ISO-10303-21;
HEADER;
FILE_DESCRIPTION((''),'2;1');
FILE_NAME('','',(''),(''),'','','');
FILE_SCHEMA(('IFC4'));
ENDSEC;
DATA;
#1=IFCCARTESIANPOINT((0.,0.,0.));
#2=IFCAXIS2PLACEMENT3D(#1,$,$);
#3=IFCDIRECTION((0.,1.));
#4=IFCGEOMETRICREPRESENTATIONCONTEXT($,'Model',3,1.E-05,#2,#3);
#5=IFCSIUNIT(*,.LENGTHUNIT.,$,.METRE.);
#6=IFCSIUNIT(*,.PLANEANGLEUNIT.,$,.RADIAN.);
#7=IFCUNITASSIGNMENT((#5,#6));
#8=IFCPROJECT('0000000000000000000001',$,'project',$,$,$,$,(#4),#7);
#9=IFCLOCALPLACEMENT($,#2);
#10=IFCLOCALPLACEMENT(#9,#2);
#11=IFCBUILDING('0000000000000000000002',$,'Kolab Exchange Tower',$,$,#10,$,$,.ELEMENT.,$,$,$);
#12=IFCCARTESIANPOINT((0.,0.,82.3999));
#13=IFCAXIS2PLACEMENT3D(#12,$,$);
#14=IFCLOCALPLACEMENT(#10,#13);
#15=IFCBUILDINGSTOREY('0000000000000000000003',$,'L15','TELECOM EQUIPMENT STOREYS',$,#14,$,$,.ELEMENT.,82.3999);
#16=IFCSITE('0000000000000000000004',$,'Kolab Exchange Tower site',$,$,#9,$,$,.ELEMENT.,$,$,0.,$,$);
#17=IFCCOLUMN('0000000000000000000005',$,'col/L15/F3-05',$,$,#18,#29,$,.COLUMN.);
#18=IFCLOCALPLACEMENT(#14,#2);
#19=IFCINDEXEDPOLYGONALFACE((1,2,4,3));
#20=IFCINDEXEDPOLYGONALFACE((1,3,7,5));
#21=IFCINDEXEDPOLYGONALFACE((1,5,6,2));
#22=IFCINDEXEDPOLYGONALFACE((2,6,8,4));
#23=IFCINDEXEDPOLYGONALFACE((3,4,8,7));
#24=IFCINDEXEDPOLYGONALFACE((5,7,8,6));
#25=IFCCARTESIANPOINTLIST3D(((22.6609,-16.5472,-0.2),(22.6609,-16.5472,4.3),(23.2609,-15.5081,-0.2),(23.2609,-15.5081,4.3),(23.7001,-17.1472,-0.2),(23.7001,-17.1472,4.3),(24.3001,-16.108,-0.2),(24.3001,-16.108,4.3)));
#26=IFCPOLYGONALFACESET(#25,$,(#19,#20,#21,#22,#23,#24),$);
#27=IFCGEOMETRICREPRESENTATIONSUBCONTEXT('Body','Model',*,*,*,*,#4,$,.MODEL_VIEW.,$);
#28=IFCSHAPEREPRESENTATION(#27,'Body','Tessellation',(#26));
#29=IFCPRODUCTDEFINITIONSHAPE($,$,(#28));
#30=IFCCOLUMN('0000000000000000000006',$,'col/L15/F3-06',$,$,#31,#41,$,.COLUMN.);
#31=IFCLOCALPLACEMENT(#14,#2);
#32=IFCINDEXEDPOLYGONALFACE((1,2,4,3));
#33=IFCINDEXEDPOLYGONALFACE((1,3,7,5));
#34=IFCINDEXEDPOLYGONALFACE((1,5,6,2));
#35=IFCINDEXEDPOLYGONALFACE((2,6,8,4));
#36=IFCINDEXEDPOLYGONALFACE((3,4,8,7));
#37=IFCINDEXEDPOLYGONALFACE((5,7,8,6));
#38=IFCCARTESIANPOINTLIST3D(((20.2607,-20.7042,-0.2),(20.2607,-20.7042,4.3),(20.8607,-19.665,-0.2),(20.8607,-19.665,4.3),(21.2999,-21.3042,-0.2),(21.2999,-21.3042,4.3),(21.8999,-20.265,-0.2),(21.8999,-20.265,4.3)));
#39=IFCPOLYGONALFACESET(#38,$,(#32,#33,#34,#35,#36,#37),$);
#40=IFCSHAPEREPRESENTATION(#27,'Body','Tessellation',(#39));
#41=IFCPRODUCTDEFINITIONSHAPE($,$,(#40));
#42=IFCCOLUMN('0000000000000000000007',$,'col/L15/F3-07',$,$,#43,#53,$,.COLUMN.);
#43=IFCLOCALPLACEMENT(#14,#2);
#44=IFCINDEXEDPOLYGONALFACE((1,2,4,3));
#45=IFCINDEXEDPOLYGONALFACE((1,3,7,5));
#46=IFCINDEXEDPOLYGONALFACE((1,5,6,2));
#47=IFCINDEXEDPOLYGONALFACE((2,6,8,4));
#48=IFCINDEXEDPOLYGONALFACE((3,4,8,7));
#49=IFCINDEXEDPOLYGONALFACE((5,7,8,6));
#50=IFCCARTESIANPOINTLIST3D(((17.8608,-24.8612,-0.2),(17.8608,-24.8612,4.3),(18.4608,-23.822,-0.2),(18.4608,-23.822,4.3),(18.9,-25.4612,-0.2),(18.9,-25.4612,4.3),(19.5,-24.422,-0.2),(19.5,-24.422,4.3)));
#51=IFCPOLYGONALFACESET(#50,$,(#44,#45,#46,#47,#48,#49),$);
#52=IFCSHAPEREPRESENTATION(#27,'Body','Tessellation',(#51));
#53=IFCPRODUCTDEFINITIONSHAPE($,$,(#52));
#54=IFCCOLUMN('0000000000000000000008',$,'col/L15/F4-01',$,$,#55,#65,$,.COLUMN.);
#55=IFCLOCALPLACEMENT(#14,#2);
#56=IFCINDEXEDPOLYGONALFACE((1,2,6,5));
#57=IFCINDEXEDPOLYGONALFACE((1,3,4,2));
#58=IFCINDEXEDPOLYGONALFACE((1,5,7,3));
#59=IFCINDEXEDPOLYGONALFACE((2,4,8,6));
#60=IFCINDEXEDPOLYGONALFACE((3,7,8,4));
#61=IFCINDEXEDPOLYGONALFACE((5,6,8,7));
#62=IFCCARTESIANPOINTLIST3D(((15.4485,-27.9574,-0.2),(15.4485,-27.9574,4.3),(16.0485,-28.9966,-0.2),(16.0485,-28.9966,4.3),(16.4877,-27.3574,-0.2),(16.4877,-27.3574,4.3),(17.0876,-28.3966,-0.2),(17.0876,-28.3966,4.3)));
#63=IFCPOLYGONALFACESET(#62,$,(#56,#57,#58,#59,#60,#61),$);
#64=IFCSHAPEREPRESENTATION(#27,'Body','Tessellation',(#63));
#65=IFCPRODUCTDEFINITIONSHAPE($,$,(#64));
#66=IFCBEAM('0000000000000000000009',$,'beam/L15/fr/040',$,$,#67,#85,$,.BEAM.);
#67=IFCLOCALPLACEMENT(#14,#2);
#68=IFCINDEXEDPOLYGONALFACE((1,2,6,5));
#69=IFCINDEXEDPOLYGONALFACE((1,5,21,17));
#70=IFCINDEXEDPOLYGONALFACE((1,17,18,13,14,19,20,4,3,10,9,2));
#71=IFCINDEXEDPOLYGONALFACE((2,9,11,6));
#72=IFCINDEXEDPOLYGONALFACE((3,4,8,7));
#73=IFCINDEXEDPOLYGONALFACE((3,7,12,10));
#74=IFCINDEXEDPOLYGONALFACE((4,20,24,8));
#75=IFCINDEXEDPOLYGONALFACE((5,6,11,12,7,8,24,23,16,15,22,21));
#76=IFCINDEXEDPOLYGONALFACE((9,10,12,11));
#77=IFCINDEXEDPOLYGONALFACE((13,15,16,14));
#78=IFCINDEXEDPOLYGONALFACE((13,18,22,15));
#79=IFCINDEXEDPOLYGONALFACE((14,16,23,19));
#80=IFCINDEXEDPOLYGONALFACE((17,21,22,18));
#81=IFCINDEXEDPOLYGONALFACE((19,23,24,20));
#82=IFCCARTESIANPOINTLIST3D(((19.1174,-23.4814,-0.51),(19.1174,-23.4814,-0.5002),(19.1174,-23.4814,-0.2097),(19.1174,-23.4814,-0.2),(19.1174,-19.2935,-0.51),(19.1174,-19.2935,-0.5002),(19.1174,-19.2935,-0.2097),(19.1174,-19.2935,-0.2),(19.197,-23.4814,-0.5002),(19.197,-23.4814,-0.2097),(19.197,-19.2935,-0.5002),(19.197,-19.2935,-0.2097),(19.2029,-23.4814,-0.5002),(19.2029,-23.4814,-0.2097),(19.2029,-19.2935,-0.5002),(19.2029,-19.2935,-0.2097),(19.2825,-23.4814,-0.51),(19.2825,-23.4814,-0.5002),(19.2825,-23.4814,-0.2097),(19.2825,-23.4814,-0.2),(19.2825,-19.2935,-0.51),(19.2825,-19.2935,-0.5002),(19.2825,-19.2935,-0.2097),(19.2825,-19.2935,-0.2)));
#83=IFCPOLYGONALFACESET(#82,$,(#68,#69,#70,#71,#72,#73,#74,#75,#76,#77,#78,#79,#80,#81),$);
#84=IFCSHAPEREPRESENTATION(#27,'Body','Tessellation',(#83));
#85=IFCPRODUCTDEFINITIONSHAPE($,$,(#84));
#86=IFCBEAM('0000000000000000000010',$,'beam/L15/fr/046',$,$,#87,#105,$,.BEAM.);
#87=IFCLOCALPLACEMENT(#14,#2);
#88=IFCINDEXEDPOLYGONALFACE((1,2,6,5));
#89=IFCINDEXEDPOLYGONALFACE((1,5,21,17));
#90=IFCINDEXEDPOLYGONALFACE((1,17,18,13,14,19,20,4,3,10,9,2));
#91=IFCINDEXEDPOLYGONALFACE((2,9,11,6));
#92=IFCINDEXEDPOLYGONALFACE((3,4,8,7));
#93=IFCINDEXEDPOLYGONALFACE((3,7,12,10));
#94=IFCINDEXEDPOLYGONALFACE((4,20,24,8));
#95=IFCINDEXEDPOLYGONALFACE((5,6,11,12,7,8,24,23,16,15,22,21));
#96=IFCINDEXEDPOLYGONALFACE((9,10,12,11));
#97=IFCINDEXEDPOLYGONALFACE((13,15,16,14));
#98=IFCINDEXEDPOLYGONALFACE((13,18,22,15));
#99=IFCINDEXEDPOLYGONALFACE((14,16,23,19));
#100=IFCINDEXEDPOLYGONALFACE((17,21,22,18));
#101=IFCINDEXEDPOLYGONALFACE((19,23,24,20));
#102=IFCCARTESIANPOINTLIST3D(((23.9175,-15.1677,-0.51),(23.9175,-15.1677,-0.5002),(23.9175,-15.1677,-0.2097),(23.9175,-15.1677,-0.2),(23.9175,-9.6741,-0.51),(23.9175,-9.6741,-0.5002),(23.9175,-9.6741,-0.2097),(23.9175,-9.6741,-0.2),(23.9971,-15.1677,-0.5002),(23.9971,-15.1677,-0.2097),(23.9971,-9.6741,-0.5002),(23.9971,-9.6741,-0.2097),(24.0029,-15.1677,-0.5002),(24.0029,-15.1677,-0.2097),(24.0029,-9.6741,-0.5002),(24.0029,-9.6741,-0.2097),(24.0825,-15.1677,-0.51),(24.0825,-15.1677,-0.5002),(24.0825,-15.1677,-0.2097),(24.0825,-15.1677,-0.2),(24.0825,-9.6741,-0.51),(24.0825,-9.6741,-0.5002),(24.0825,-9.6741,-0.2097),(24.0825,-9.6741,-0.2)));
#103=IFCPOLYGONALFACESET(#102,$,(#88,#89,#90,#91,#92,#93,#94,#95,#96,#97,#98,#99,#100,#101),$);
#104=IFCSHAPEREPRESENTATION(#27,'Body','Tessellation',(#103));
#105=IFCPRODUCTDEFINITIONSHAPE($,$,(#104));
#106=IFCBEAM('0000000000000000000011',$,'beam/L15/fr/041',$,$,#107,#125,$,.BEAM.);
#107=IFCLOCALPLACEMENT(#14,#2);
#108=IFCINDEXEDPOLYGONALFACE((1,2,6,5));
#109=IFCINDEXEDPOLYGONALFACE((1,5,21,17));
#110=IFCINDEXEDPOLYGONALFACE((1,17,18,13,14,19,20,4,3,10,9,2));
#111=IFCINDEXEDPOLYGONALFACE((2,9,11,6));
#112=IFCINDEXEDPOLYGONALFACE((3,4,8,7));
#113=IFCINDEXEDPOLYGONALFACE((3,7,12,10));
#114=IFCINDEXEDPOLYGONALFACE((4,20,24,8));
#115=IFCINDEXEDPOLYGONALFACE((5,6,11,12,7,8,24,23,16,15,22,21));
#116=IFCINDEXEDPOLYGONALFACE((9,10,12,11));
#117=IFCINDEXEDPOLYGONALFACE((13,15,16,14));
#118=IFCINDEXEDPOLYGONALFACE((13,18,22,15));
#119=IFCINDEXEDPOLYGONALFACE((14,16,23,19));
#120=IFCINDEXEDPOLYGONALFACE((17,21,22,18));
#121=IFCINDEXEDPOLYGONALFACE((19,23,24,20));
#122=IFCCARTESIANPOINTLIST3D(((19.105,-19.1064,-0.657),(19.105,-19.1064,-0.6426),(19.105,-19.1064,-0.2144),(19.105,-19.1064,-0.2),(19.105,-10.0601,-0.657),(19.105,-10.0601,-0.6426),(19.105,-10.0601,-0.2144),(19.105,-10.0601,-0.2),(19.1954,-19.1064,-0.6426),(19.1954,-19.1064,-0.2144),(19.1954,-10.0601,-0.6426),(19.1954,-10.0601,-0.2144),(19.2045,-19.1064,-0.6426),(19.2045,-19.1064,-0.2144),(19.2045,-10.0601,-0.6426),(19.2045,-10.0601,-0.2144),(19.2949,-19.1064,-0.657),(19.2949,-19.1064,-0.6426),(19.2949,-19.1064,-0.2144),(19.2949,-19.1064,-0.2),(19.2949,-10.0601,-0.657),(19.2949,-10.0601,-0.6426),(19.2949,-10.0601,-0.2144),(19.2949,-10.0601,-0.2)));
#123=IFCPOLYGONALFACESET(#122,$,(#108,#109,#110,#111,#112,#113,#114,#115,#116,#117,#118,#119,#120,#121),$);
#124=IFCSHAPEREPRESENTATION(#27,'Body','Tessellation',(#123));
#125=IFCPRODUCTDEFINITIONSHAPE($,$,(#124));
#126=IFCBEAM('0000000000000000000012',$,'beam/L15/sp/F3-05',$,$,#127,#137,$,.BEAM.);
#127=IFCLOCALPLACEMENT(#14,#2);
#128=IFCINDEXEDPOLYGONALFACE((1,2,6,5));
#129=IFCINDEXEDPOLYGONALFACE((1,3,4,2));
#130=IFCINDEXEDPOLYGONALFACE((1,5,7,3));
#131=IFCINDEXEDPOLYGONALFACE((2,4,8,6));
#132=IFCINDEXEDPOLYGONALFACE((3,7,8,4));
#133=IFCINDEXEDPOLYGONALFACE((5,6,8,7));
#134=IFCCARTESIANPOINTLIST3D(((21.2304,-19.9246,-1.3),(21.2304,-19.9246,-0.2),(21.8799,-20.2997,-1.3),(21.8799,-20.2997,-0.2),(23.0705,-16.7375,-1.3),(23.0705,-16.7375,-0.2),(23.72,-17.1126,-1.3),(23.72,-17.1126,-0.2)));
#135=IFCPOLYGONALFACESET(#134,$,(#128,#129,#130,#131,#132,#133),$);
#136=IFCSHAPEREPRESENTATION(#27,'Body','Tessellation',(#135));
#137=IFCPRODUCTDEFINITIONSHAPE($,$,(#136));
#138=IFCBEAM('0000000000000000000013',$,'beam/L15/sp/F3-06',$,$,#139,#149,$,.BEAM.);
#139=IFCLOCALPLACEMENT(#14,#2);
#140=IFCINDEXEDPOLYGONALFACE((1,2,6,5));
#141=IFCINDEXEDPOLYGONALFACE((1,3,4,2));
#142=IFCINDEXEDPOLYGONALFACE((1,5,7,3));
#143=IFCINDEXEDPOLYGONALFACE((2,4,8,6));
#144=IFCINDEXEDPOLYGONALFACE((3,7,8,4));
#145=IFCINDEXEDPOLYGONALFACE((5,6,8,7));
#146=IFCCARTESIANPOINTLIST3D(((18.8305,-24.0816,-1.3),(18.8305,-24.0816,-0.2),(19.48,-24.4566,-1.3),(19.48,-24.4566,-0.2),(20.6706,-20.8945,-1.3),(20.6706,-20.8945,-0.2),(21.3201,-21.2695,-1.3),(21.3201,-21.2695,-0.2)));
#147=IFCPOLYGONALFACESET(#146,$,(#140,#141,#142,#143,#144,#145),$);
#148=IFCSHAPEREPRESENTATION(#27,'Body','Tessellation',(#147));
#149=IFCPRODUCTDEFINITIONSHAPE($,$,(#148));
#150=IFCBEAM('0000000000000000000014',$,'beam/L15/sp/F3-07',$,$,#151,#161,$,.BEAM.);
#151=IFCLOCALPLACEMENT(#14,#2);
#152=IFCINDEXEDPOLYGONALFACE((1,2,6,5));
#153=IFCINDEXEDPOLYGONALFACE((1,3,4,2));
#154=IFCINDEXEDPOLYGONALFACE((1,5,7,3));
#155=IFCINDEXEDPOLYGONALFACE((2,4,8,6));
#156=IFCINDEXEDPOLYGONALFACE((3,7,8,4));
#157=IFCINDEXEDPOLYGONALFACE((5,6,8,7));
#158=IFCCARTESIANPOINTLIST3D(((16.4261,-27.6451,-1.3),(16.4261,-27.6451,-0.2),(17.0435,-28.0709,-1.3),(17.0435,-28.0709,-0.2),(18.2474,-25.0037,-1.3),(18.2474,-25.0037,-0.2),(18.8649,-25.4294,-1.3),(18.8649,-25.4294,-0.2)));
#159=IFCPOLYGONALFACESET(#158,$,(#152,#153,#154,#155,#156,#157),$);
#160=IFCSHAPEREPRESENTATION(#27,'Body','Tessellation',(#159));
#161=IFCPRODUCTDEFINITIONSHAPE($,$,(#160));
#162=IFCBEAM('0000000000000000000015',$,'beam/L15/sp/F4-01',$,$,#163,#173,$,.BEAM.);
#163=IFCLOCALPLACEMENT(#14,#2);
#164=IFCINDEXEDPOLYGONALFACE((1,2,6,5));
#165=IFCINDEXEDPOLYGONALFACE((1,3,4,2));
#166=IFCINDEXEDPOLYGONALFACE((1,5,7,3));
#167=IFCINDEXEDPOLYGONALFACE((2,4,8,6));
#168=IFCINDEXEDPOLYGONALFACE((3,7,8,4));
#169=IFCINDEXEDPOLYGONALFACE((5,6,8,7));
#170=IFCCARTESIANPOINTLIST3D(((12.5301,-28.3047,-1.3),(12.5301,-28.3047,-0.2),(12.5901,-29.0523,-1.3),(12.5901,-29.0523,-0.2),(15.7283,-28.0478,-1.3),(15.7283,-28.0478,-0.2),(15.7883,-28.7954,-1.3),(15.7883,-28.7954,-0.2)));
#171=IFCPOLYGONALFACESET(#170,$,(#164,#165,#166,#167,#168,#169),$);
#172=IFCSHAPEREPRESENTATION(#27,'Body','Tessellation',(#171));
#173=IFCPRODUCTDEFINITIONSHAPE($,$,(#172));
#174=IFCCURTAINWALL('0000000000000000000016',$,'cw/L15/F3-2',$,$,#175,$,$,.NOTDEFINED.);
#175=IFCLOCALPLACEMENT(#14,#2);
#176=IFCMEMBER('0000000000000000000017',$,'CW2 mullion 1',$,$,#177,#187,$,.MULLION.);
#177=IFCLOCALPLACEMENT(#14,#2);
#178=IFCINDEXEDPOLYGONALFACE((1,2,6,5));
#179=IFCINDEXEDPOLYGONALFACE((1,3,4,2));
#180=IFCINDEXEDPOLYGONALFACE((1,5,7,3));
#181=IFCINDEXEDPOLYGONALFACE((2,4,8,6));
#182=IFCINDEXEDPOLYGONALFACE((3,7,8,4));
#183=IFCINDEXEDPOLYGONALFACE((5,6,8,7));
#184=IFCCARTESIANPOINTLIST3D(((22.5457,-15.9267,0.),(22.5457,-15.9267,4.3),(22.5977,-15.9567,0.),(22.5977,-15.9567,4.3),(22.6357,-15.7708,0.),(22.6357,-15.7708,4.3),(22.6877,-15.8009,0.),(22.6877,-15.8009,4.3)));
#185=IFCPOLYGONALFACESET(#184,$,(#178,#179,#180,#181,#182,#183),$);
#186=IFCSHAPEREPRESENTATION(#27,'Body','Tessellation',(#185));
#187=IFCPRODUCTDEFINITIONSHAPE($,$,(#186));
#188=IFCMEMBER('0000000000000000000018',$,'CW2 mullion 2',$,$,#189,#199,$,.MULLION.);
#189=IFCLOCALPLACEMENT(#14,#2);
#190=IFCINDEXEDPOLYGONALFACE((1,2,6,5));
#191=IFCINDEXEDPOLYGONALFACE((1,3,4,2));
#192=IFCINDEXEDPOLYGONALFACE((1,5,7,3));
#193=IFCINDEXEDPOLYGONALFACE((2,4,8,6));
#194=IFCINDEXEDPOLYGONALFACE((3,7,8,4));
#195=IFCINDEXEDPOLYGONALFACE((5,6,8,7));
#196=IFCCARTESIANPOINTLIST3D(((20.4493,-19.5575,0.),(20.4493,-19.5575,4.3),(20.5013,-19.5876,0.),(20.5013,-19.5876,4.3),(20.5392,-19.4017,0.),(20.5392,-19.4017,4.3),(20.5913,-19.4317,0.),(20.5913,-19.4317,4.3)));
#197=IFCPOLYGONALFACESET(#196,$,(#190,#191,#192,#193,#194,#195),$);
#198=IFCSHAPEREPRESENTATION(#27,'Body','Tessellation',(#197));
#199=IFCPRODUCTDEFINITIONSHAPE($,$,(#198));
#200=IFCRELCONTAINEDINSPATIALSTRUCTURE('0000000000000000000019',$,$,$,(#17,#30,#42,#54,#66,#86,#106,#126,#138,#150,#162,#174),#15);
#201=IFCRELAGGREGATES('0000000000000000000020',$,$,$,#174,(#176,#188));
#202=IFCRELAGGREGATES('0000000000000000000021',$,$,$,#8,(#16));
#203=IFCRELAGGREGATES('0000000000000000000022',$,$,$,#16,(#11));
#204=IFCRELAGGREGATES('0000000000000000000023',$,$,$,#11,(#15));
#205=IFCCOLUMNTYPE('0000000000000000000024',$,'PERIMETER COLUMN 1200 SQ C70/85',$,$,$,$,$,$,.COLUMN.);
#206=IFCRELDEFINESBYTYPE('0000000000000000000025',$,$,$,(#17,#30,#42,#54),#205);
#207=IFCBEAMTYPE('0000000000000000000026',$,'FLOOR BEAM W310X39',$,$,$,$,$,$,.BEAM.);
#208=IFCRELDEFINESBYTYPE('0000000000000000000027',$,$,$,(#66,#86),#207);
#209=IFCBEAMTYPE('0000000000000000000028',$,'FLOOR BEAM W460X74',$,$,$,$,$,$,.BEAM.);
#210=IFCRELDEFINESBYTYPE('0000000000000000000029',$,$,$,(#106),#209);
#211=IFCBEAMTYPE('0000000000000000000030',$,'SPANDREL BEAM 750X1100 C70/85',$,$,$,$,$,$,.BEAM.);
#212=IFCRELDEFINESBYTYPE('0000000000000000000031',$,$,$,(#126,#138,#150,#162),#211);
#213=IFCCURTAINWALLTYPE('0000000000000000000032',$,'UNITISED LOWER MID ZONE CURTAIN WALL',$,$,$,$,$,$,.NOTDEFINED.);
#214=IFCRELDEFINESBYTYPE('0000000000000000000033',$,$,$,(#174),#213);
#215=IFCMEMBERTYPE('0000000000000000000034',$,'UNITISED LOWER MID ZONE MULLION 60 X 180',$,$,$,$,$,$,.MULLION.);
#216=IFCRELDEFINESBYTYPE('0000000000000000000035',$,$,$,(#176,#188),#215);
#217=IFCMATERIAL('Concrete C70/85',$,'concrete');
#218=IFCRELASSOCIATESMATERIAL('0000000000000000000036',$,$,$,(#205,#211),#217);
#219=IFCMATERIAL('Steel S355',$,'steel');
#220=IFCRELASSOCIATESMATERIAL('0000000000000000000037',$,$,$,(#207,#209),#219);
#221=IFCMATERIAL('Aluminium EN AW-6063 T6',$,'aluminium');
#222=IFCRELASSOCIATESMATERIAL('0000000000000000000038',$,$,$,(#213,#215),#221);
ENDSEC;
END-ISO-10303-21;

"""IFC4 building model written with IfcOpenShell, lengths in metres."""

from ifc_helpers import new_model, si_unit, direction, frame, origin, origin_2d, place, context, subcontext, project, spatial, rectangle, i_section, extrude, material, material_profile, profile_set, type_object, element, aggregate, save


model = new_model("IFC4")

# Units and contexts
model_context = context("Model", 3, precision=1e-05, world=origin(), true_north=direction((0.0, 1.0)))
body_context = subcontext(model_context, "Body", "Model", "MODEL_VIEW")
ifc_project = project(units=[si_unit("LENGTHUNIT", "METRE"), si_unit("PLANEANGLEUNIT", "RADIAN")], contexts=[model_context])

# Site, building, storey
site_placement = place(None, origin())
site = spatial("IfcSite", under=ifc_project, at=site_placement, Name="Kolab Exchange Tower site", CompositionType="ELEMENT", RefElevation=0.0)
building_placement = place(site_placement, origin())
building = spatial("IfcBuilding", under=site, at=building_placement, Name="Kolab Exchange Tower", CompositionType="ELEMENT")
storey_placement = place(building_placement, frame((0.0, 0.0, 82.3999)))
storey = spatial("IfcBuildingStorey", under=building, at=storey_placement, Name="L15", Description="TELECOM EQUIPMENT STOREYS", CompositionType="ELEMENT", Elevation=82.3999)

# Columns
ifc_material_1 = material(Name="Concrete C70/85", Category="concrete")
ifc_material_profile_1 = material_profile(ifc_material_1, rectangle(XDim=1.2, YDim=1.2, at=origin_2d()), Name="RC1200")
ifc_profile_set_1 = profile_set([ifc_material_profile_1], Name="Concrete C70/85")
column_type = type_object("IfcColumnType", Name="PERIMETER COLUMN 1200 SQ C70/85", PredefinedType="COLUMN", material=ifc_profile_set_1)
for number, where, z_axis, x_axis, name in (
    (1, (23.4805, -16.3276, -0.2), (0.0, 0.0, 1.0), (0.5, 0.866025, 0.0), "col/L15/F3-05"),
    (2, (21.0803, -20.4846, -0.2), (0.0, 0.0, 1.0), (0.5, 0.866025, 0.0), "col/L15/F3-06"),
    (3, (18.6804, -24.6416, -0.2), (0.0, 0.0, 1.0), (0.5, 0.866025, 0.0), "col/L15/F3-07"),
    (4, (16.2681, -28.177, -0.2), (0.0, 0.0, 1.0), (0.866025, 0.5, 0.0), "col/L15/F4-01"),
):
    element("IfcColumn", number, at=place(storey_placement, frame(where, z_axis=z_axis, x_axis=x_axis)), inside=storey, type_object=column_type, Name=name, PredefinedType="COLUMN", context=body_context, shape_type="SweptSolid", body=[
        extrude(rectangle(XDim=1.2, YDim=1.2, at=origin_2d()), origin(), (0.0, 0.0, 1.0), 4.5),
    ])

# Beams
ifc_material_2 = material(Name="Steel S355", Category="steel")
ifc_material_profile_2 = material_profile(ifc_material_2, i_section(OverallWidth=0.165, OverallDepth=0.3101, WebThickness=0.0059, FlangeThickness=0.0098, at=origin_2d()), Name="W310X39")
ifc_profile_set_2 = profile_set([ifc_material_profile_2], Name="Steel S355")
beam_type_1 = type_object("IfcBeamType", Name="FLOOR BEAM W310X39", PredefinedType="BEAM", material=ifc_profile_set_2)
beam_1_placement = place(storey_placement, frame((19.2, -23.4814, -0.355), z_axis=(0.0, 1.0, 0.0), x_axis=(-1.0, 0.0, 0.0)))
element("IfcBeam", 5, at=beam_1_placement, inside=storey, type_object=beam_type_1, Name="beam/L15/fr/040", PredefinedType="BEAM", context=body_context, shape_type="SweptSolid", body=[
    extrude(i_section(OverallWidth=0.165, OverallDepth=0.3101, WebThickness=0.0059, FlangeThickness=0.0098, at=origin_2d()), origin(), (0.0, 0.0, 1.0), 4.188),
])
beam_2_placement = place(storey_placement, frame((24.0, -15.1677, -0.355), z_axis=(0.0, 1.0, 0.0), x_axis=(-1.0, 0.0, 0.0)))
element("IfcBeam", 6, at=beam_2_placement, inside=storey, type_object=beam_type_1, Name="beam/L15/fr/046", PredefinedType="BEAM", context=body_context, shape_type="SweptSolid", body=[
    extrude(i_section(OverallWidth=0.165, OverallDepth=0.3101, WebThickness=0.0059, FlangeThickness=0.0098, at=origin_2d()), origin(), (0.0, 0.0, 1.0), 5.4937),
])
ifc_material_profile_3 = material_profile(ifc_material_2, i_section(OverallWidth=0.1899, OverallDepth=0.457, WebThickness=0.009, FlangeThickness=0.0144, at=origin_2d()), Name="W460X74")
ifc_profile_set_3 = profile_set([ifc_material_profile_3], Name="Steel S355")
beam_type_2 = type_object("IfcBeamType", Name="FLOOR BEAM W460X74", PredefinedType="BEAM", material=ifc_profile_set_3)
beam_3_placement = place(storey_placement, frame((19.2, -19.1064, -0.4285), z_axis=(0.0, 1.0, 0.0), x_axis=(-1.0, 0.0, 0.0)))
element("IfcBeam", 7, at=beam_3_placement, inside=storey, type_object=beam_type_2, Name="beam/L15/fr/041", PredefinedType="BEAM", context=body_context, shape_type="SweptSolid", body=[
    extrude(i_section(OverallWidth=0.1899, OverallDepth=0.457, WebThickness=0.009, FlangeThickness=0.0144, at=origin_2d()), origin(), (0.0, 0.0, 1.0), 9.0464),
])
ifc_material_profile_4 = material_profile(ifc_material_1, rectangle(XDim=0.75, YDim=1.1001, at=origin_2d()), Name="RC750X1100")
ifc_profile_set_4 = profile_set([ifc_material_profile_4], Name="Concrete C70/85")
beam_type_3 = type_object("IfcBeamType", Name="SPANDREL BEAM 750X1100 C70/85", PredefinedType="BEAM", material=ifc_profile_set_4)
for number, where, z_axis, x_axis, name in (
    (8, (23.3953, -16.925, -0.75), (-0.500013, -0.866018, 0.0), (0.866018, -0.500013, 0.0), "beam/L15/sp/F3-05"),
    (9, (20.9954, -21.082, -0.75), (-0.500013, -0.866018, 0.0), (0.866018, -0.500013, 0.0), "beam/L15/sp/F3-06"),
):
    element("IfcBeam", number, at=place(storey_placement, frame(where, z_axis=z_axis, x_axis=x_axis)), inside=storey, type_object=beam_type_3, Name=name, PredefinedType="BEAM", context=body_context, shape_type="SweptSolid", body=[
        extrude(rectangle(XDim=0.75, YDim=1.1001, at=origin_2d()), origin(), (0.0, 0.0, 1.0), 3.6802),
    ])
for number, where, z_axis, x_axis, name in (
    (10, (18.5562, -25.2166, -0.75), (-0.567662, -0.823262, 0.0), (0.823262, -0.567662, 0.0), "beam/L15/sp/F3-07"),
    (11, (15.7583, -28.4216, -0.75), (-0.996791, -0.080048, 0.0), (0.080048, -0.996791, 0.0), "beam/L15/sp/F4-01"),
):
    element("IfcBeam", number, at=place(storey_placement, frame(where, z_axis=z_axis, x_axis=x_axis)), inside=storey, type_object=beam_type_3, Name=name, PredefinedType="BEAM", context=body_context, shape_type="SweptSolid", body=[
        extrude(rectangle(XDim=0.75, YDim=1.1001, at=origin_2d()), origin(), (0.0, 0.0, 1.0), 3.2085),
    ])

# Curtain wall, members
ifc_material_3 = material(Name="Aluminium EN AW-6063 T6", Category="aluminium")
curtain_wall_type = type_object("IfcCurtainWallType", Name="UNITISED LOWER MID ZONE CURTAIN WALL", PredefinedType="NOTDEFINED", material=ifc_material_3)
curtain_wall_1_placement = place(storey_placement, origin())
curtain_wall_1 = element("IfcCurtainWall", 12, at=curtain_wall_1_placement, inside=storey, type_object=curtain_wall_type, Name="cw/L15/F3-2", PredefinedType="NOTDEFINED")
ifc_material_profile_5 = material_profile(ifc_material_3, rectangle(XDim=0.0601, YDim=0.1799, at=origin_2d()), Name="RECT 60X180")
ifc_profile_set_5 = profile_set([ifc_material_profile_5], Name="Aluminium EN AW-6063 T6")
member_type_1 = type_object("IfcMemberType", Name="UNITISED LOWER MID ZONE MULLION 60 X 180", PredefinedType="MULLION", material=ifc_profile_set_5)
member_1_placement = place(storey_placement, frame((22.6167, -15.8638, 0.0), z_axis=(0.0, 0.0, 1.0), x_axis=(0.866025, -0.5, 0.0)))
member_1 = element("IfcMember", 13, at=member_1_placement, type_object=member_type_1, Name="CW2 mullion 1", PredefinedType="MULLION", context=body_context, shape_type="SweptSolid", body=[
    extrude(rectangle(XDim=0.0601, YDim=0.1799, at=origin_2d()), origin(), (0.0, 0.0, 1.0), 4.3),
])
member_2_placement = place(storey_placement, frame((20.5203, -19.4946, 0.0), z_axis=(0.0, 0.0, 1.0), x_axis=(0.866025, -0.5, 0.0)))
member_2 = element("IfcMember", 14, at=member_2_placement, type_object=member_type_1, Name="CW2 mullion 2", PredefinedType="MULLION", context=body_context, shape_type="SweptSolid", body=[
    extrude(rectangle(XDim=0.0601, YDim=0.1799, at=origin_2d()), origin(), (0.0, 0.0, 1.0), 4.3),
])

aggregate(curtain_wall_1, [member_1, member_2])

save(model, "model.ifc")
